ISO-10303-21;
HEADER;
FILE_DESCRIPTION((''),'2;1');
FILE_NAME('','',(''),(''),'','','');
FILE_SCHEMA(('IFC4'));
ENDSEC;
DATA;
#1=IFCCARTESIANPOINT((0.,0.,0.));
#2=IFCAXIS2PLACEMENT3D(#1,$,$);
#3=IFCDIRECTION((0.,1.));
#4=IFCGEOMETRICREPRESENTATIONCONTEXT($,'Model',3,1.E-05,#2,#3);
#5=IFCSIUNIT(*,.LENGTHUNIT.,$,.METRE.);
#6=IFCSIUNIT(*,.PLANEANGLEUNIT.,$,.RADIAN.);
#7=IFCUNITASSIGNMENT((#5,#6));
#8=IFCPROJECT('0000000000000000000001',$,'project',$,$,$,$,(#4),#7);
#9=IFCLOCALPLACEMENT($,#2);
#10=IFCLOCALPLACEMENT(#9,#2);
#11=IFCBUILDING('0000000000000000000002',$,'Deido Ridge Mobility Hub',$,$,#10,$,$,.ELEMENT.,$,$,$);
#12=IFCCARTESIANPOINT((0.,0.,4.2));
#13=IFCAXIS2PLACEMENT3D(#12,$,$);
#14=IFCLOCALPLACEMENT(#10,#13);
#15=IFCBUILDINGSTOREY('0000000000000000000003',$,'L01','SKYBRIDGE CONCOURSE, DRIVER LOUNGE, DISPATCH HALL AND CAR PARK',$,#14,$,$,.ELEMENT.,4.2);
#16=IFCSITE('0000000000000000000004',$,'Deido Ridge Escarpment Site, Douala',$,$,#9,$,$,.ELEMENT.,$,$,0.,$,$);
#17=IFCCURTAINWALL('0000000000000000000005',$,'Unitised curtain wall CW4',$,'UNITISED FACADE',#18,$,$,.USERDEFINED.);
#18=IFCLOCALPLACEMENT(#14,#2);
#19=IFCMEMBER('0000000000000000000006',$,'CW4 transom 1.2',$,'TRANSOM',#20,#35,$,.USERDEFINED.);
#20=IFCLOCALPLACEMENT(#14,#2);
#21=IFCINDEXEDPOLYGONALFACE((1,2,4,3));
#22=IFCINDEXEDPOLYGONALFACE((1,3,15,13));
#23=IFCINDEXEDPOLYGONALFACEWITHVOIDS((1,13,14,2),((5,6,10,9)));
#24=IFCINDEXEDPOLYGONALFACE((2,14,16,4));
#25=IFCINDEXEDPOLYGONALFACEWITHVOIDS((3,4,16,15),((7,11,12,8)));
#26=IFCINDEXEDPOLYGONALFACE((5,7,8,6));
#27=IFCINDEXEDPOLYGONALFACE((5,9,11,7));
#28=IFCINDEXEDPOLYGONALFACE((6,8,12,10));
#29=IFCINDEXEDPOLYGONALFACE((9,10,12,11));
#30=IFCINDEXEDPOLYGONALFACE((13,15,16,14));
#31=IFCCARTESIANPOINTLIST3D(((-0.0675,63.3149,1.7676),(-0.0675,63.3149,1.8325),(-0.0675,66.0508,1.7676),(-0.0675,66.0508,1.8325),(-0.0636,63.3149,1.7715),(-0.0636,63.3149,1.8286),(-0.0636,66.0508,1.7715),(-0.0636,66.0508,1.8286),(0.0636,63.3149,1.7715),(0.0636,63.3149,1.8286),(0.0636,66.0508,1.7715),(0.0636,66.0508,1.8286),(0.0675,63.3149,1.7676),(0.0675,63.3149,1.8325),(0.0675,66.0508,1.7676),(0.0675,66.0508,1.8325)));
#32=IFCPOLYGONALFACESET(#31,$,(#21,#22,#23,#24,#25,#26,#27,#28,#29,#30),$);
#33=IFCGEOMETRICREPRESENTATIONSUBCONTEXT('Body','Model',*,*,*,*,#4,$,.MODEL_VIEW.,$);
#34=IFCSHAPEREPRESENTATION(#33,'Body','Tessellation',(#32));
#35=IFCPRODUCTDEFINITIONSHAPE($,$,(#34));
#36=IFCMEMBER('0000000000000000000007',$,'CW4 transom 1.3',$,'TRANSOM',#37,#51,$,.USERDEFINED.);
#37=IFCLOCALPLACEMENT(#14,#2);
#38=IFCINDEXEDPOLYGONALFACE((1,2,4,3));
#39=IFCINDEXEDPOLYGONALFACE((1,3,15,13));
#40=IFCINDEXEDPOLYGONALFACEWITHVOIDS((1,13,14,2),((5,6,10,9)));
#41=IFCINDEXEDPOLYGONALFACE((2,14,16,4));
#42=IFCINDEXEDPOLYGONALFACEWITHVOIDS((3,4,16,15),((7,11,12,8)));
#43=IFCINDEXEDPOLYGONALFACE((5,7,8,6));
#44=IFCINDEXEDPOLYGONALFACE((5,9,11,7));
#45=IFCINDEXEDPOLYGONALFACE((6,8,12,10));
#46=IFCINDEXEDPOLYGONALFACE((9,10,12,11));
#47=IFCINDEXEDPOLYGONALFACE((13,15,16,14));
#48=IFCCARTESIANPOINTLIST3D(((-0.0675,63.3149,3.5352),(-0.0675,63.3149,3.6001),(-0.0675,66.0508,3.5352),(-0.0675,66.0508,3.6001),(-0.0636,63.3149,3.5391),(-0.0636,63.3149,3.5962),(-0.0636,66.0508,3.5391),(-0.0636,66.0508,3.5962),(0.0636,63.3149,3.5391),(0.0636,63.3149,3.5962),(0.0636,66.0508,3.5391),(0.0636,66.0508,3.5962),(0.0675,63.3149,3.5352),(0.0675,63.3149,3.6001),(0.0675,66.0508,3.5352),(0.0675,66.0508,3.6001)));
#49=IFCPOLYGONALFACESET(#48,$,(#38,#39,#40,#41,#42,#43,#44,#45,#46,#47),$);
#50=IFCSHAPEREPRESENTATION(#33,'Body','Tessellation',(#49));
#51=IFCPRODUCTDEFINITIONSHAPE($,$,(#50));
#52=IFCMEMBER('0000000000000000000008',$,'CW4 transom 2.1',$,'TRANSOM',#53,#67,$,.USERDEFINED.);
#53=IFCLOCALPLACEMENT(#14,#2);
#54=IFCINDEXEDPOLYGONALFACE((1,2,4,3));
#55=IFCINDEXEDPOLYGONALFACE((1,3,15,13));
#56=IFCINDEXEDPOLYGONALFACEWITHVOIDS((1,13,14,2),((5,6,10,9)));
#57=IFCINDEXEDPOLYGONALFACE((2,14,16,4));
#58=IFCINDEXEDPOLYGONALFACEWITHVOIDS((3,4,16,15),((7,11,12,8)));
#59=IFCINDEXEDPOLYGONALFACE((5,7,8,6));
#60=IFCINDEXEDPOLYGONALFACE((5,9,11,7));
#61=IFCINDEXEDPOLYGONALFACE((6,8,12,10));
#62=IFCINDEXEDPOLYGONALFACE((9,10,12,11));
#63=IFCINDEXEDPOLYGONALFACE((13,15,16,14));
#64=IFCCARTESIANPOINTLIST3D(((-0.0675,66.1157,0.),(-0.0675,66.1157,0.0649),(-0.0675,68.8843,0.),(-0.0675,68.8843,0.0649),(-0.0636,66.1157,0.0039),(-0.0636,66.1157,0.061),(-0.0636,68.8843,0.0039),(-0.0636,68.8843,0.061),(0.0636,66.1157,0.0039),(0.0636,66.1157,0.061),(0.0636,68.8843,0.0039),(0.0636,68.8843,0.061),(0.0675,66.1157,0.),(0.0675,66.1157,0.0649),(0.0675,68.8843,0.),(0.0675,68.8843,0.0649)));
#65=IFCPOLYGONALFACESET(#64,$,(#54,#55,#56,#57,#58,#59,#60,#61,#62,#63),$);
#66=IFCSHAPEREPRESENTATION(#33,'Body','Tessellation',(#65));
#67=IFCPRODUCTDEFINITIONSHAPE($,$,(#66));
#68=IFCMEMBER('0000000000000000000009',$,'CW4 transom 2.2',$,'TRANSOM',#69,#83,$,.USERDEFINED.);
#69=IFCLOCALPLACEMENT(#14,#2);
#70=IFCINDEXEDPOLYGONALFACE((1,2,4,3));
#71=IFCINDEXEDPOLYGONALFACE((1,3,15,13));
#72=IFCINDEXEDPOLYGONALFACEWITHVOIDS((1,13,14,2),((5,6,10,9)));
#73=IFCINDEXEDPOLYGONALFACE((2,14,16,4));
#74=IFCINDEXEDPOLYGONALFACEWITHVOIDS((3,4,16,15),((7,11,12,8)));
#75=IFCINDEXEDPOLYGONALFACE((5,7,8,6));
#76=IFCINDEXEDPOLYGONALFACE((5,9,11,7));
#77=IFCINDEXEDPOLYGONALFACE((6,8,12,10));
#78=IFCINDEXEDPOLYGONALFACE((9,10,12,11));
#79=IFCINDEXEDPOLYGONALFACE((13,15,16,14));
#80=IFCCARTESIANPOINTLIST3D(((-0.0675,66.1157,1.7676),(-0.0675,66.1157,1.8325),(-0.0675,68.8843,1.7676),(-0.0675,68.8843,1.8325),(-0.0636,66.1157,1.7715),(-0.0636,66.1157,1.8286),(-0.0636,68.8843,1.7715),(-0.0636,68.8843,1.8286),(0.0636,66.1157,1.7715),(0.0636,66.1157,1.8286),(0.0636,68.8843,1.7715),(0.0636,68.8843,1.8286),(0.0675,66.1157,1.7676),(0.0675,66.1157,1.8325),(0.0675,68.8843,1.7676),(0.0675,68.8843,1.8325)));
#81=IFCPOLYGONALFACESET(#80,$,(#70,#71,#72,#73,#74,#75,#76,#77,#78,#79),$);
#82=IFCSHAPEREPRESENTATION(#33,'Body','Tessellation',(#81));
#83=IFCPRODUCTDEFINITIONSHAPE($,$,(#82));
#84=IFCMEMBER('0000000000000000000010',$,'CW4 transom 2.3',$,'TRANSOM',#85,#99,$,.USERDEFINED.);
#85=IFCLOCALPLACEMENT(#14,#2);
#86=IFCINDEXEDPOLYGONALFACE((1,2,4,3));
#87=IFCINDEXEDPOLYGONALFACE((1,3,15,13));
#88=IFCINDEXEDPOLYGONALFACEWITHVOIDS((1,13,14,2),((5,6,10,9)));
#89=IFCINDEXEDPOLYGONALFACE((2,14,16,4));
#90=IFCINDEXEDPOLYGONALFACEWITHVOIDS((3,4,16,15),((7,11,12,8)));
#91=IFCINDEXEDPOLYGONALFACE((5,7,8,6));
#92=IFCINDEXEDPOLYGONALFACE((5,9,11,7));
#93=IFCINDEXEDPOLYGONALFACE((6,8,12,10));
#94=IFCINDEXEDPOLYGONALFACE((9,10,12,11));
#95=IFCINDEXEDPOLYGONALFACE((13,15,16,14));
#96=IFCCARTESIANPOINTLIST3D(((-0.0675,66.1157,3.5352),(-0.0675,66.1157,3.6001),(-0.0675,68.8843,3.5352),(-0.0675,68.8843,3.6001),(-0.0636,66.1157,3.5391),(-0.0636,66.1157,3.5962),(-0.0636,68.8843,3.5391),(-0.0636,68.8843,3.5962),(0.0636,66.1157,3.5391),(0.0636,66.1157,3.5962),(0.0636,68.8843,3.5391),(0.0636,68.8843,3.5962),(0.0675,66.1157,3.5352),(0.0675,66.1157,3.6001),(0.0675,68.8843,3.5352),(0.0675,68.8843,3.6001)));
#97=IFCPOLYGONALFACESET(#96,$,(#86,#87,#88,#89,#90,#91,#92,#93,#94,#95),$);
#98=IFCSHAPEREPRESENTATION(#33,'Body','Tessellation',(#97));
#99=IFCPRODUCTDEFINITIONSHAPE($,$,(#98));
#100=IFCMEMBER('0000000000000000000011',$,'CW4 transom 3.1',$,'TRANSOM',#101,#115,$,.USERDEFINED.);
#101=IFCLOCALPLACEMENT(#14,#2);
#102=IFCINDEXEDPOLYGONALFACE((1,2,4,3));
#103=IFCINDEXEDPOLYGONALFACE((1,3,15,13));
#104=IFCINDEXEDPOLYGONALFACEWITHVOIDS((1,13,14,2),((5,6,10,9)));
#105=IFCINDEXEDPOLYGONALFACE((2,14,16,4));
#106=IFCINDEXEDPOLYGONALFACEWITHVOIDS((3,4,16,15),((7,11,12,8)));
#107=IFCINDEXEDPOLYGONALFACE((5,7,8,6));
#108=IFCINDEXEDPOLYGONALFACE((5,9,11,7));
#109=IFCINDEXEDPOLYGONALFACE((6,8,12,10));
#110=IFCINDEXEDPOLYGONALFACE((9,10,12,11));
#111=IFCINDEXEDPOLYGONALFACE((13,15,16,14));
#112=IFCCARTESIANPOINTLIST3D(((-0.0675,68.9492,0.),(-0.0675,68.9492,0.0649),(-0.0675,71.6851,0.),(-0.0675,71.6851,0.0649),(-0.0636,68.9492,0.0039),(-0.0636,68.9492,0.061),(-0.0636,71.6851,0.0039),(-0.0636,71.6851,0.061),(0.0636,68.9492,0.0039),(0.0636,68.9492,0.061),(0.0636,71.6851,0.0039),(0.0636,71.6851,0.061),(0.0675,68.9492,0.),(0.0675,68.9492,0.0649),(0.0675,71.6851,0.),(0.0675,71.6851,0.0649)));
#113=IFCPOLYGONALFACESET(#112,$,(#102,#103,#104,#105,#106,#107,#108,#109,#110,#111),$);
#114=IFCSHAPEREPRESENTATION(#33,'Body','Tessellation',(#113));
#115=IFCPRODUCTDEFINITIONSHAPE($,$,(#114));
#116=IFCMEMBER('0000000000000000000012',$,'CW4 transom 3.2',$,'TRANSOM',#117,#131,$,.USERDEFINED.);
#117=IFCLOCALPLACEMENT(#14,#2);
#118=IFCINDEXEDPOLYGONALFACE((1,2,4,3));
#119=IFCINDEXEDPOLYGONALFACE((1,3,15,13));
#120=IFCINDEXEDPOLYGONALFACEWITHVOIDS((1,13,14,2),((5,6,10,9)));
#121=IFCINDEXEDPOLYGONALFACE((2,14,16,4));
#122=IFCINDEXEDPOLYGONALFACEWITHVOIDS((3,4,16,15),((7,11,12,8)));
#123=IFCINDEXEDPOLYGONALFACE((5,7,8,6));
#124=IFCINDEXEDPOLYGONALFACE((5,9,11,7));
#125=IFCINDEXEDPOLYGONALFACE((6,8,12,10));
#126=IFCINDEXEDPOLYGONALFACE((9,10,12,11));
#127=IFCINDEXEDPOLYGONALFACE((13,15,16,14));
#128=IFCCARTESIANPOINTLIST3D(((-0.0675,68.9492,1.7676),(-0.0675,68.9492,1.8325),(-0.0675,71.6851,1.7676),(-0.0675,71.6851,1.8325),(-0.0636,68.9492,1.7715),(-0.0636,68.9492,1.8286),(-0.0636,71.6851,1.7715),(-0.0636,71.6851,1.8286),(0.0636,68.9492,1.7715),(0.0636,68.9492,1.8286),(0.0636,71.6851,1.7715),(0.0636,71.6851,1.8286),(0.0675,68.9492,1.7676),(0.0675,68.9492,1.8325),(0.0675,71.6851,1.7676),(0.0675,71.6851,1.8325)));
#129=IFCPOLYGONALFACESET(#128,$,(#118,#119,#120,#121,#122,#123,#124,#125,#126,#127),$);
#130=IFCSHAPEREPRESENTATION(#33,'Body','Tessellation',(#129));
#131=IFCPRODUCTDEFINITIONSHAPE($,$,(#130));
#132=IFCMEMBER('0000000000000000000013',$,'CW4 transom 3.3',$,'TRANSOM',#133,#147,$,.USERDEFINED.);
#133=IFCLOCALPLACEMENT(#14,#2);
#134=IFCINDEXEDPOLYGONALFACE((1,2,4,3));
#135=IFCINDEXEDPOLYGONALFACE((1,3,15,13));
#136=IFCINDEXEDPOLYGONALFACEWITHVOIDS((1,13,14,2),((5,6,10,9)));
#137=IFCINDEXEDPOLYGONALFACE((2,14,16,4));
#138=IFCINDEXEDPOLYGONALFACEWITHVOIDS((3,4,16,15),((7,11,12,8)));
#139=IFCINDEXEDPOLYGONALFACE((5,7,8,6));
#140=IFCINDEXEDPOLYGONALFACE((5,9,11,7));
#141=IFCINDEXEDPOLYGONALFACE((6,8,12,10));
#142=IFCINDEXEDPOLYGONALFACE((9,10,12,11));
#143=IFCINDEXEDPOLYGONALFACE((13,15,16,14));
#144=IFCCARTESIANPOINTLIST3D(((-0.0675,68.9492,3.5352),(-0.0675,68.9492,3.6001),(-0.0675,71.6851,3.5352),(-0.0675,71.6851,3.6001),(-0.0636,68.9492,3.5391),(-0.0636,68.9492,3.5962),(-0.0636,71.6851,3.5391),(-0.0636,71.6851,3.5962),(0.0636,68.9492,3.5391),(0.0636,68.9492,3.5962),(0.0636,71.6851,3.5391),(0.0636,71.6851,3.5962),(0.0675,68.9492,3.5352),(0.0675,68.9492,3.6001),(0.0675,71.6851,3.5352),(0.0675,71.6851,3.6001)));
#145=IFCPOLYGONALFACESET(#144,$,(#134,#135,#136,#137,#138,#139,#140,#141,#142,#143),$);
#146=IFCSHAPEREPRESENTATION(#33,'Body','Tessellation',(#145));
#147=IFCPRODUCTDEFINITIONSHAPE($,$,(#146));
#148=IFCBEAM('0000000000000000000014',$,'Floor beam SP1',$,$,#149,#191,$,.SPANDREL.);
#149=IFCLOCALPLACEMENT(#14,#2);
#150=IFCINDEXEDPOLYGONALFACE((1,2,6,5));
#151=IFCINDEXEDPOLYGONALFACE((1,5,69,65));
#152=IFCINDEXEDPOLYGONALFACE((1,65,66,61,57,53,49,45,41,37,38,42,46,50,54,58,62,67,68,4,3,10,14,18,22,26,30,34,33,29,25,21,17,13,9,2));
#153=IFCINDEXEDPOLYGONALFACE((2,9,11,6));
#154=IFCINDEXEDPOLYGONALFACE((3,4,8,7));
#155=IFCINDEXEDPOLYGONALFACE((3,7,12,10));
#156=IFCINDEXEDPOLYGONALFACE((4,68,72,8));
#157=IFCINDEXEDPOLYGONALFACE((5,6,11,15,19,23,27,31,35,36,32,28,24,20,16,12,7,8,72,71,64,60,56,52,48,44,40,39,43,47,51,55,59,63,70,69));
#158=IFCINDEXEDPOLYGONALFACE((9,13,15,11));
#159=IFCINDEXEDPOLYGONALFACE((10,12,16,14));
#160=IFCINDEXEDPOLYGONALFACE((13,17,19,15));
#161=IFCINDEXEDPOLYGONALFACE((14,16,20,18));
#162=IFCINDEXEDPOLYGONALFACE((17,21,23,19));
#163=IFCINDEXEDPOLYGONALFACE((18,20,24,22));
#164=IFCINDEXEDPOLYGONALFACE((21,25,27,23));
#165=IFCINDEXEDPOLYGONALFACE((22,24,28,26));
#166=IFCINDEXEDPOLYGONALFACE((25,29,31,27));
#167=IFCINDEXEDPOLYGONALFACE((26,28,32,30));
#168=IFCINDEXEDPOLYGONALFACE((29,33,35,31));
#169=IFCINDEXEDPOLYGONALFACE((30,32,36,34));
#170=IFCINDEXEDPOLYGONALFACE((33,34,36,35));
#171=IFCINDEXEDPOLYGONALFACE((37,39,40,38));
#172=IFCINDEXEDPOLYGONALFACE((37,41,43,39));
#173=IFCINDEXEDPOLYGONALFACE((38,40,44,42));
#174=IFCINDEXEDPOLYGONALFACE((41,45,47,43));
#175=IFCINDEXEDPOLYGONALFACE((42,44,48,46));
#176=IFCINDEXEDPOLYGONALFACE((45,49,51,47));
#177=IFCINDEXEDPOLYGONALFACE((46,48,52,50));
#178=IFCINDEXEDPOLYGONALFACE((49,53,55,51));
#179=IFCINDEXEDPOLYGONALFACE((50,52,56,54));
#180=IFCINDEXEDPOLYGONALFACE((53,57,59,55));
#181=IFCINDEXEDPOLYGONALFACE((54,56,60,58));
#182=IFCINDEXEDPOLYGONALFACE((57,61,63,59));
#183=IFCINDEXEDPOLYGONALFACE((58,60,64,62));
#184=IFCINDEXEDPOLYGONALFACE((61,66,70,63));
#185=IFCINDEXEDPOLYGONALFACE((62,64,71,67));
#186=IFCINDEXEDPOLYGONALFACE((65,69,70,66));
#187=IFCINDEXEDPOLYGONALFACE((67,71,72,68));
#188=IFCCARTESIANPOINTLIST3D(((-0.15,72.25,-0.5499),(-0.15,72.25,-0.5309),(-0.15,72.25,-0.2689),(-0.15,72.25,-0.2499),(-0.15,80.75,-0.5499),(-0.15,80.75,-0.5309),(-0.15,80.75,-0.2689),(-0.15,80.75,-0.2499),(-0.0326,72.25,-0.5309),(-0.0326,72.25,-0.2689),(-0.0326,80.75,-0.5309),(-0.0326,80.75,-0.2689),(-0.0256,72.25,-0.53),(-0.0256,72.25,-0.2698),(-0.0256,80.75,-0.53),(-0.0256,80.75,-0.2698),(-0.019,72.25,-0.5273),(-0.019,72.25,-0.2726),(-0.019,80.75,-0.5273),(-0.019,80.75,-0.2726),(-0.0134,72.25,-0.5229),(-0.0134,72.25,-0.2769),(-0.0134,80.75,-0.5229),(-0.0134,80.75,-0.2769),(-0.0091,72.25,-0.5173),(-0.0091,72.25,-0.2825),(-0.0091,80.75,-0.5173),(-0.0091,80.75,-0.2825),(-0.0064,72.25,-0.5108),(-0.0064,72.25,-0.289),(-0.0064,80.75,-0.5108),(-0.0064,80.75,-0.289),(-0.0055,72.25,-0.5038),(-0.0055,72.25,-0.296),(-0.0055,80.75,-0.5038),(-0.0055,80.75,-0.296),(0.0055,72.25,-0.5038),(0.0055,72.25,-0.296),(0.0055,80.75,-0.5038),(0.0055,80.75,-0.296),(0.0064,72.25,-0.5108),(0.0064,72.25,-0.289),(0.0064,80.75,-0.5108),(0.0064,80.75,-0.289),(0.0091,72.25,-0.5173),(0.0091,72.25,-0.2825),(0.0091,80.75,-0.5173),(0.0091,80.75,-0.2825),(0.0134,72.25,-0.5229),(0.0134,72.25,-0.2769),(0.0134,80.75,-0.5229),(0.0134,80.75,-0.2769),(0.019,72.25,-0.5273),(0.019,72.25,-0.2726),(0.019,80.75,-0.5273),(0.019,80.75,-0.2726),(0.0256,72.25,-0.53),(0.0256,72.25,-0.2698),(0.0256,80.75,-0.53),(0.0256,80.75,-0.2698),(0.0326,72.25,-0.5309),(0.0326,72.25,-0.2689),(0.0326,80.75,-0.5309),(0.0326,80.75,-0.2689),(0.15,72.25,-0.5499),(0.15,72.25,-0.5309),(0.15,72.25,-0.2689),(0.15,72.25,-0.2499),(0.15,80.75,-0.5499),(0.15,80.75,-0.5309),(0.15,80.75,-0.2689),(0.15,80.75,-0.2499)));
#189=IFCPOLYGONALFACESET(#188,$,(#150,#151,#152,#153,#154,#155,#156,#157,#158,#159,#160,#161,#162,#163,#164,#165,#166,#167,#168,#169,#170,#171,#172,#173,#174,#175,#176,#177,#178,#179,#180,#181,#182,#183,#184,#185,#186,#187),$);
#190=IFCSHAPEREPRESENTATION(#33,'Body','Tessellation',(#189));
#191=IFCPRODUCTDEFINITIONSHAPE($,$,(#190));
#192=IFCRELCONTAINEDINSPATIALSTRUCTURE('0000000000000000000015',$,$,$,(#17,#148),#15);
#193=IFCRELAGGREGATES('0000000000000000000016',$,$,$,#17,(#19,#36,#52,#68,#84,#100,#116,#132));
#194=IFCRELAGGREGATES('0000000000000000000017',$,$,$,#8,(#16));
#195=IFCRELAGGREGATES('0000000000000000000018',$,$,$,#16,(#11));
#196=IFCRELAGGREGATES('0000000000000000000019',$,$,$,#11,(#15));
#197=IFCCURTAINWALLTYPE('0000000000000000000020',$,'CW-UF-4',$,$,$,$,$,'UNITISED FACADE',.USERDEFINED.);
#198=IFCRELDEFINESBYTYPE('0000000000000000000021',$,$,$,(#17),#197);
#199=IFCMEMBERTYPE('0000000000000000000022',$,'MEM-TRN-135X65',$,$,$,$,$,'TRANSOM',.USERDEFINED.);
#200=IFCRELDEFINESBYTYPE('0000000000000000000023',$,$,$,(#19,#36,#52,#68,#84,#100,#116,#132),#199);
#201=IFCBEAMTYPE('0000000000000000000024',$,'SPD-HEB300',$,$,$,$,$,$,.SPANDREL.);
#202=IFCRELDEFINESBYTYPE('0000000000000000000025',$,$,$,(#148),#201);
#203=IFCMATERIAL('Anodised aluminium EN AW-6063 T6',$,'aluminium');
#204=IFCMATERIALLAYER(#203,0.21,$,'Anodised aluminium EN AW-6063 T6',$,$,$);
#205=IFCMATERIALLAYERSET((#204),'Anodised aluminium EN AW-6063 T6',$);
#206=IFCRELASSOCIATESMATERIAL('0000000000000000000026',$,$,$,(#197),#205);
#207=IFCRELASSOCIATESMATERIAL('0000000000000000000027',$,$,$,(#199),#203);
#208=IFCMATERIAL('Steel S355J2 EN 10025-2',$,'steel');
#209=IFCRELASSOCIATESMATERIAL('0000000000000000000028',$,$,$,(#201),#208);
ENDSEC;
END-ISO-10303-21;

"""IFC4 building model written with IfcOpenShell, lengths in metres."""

from ifc_helpers import new_model, si_unit, direction, frame, origin, origin_2d, place, context, subcontext, project, spatial, hollow_rectangle, i_section, extrude, material, layer, layer_set, material_profile, profile_set, type_object, element, aggregate, save


model = new_model("IFC4")

# Units and contexts
model_context = context("Model", 3, precision=1e-05, world=origin(), true_north=direction((0.0, 1.0)))
body_context = subcontext(model_context, "Body", "Model", "MODEL_VIEW")
ifc_project = project(units=[si_unit("LENGTHUNIT", "METRE"), si_unit("PLANEANGLEUNIT", "RADIAN")], contexts=[model_context])

# Site, building, storey
site_placement = place(None, origin())
site = spatial("IfcSite", under=ifc_project, at=site_placement, Name="Deido Ridge Escarpment Site, Douala", CompositionType="ELEMENT", RefElevation=0.0)
building_placement = place(site_placement, origin())
building = spatial("IfcBuilding", under=site, at=building_placement, Name="Deido Ridge Mobility Hub", CompositionType="ELEMENT")
storey_placement = place(building_placement, frame((0.0, 0.0, 4.2)))
storey = spatial("IfcBuildingStorey", under=building, at=storey_placement, Name="L01", Description="SKYBRIDGE CONCOURSE, DRIVER LOUNGE, DISPATCH HALL AND CAR PARK", CompositionType="ELEMENT", Elevation=4.2)

# Shared definitions
ifc_material_1 = material(Name="Steel S355J2 EN 10025-2", Category="steel")

# Curtain wall, members
ifc_material_2 = material(Name="Anodised aluminium EN AW-6063 T6", Category="aluminium")
ifc_layer_1 = layer(ifc_material_2, 0.21, Name="Anodised aluminium EN AW-6063 T6")
ifc_layer_set_1 = layer_set([ifc_layer_1], Name="Anodised aluminium EN AW-6063 T6")
curtain_wall_type = type_object("IfcCurtainWallType", Name="CW-UF-4", ElementType="UNITISED FACADE", PredefinedType="USERDEFINED", material=ifc_layer_set_1)
curtain_wall_placement = place(storey_placement, origin())
curtain_wall = element("IfcCurtainWall", 1, at=curtain_wall_placement, inside=storey, type_object=curtain_wall_type, Name="Unitised curtain wall CW4", ObjectType="UNITISED FACADE", PredefinedType="USERDEFINED")
ifc_material_profile_1 = material_profile(ifc_material_2, hollow_rectangle(XDim=0.135, YDim=0.0649, WallThickness=0.0039, at=origin_2d()), Name="RHS 135x65x4")
ifc_profile_set_1 = profile_set([ifc_material_profile_1], Name="Anodised aluminium EN AW-6063 T6")
member_type_1 = type_object("IfcMemberType", Name="MEM-TRN-135X65", ElementType="TRANSOM", PredefinedType="USERDEFINED", material=ifc_profile_set_1)
member_1_placement = place(storey_placement, frame((0.0, 63.3149, 1.8), z_axis=(0.0, 1.0, 0.0), x_axis=(-1.0, 0.0, 0.0)))
member_1 = element("IfcMember", 2, at=member_1_placement, type_object=member_type_1, Name="CW4 transom 1.2", ObjectType="TRANSOM", PredefinedType="USERDEFINED", context=body_context, shape_type="SweptSolid", body=[
    extrude(hollow_rectangle(XDim=0.135, YDim=0.0649, WallThickness=0.0039, at=origin_2d()), origin(), (0.0, 0.0, 1.0), 2.7358),
])
member_2_placement = place(storey_placement, frame((0.0, 63.3149, 3.5676), z_axis=(0.0, 1.0, 0.0), x_axis=(-1.0, 0.0, 0.0)))
member_2 = element("IfcMember", 3, at=member_2_placement, type_object=member_type_1, Name="CW4 transom 1.3", ObjectType="TRANSOM", PredefinedType="USERDEFINED", context=body_context, shape_type="SweptSolid", body=[
    extrude(hollow_rectangle(XDim=0.135, YDim=0.0649, WallThickness=0.0039, at=origin_2d()), origin(), (0.0, 0.0, 1.0), 2.7358),
])
member_3_placement = place(storey_placement, frame((0.0, 66.1157, 0.0325), z_axis=(0.0, 1.0, 0.0), x_axis=(-1.0, 0.0, 0.0)))
member_3 = element("IfcMember", 4, at=member_3_placement, type_object=member_type_1, Name="CW4 transom 2.1", ObjectType="TRANSOM", PredefinedType="USERDEFINED", context=body_context, shape_type="SweptSolid", body=[
    extrude(hollow_rectangle(XDim=0.135, YDim=0.0649, WallThickness=0.0039, at=origin_2d()), origin(), (0.0, 0.0, 1.0), 2.7686),
])
member_4_placement = place(storey_placement, frame((0.0, 66.1157, 1.8), z_axis=(0.0, 1.0, 0.0), x_axis=(-1.0, 0.0, 0.0)))
member_4 = element("IfcMember", 5, at=member_4_placement, type_object=member_type_1, Name="CW4 transom 2.2", ObjectType="TRANSOM", PredefinedType="USERDEFINED", context=body_context, shape_type="SweptSolid", body=[
    extrude(hollow_rectangle(XDim=0.135, YDim=0.0649, WallThickness=0.0039, at=origin_2d()), origin(), (0.0, 0.0, 1.0), 2.7686),
])
member_5_placement = place(storey_placement, frame((0.0, 66.1157, 3.5676), z_axis=(0.0, 1.0, 0.0), x_axis=(-1.0, 0.0, 0.0)))
member_5 = element("IfcMember", 6, at=member_5_placement, type_object=member_type_1, Name="CW4 transom 2.3", ObjectType="TRANSOM", PredefinedType="USERDEFINED", context=body_context, shape_type="SweptSolid", body=[
    extrude(hollow_rectangle(XDim=0.135, YDim=0.0649, WallThickness=0.0039, at=origin_2d()), origin(), (0.0, 0.0, 1.0), 2.7686),
])
member_6_placement = place(storey_placement, frame((0.0, 68.9492, 0.0325), z_axis=(0.0, 1.0, 0.0), x_axis=(-1.0, 0.0, 0.0)))
member_6 = element("IfcMember", 7, at=member_6_placement, type_object=member_type_1, Name="CW4 transom 3.1", ObjectType="TRANSOM", PredefinedType="USERDEFINED", context=body_context, shape_type="SweptSolid", body=[
    extrude(hollow_rectangle(XDim=0.135, YDim=0.0649, WallThickness=0.0039, at=origin_2d()), origin(), (0.0, 0.0, 1.0), 2.7358),
])
member_7_placement = place(storey_placement, frame((0.0, 68.9492, 1.8), z_axis=(0.0, 1.0, 0.0), x_axis=(-1.0, 0.0, 0.0)))
member_7 = element("IfcMember", 8, at=member_7_placement, type_object=member_type_1, Name="CW4 transom 3.2", ObjectType="TRANSOM", PredefinedType="USERDEFINED", context=body_context, shape_type="SweptSolid", body=[
    extrude(hollow_rectangle(XDim=0.135, YDim=0.0649, WallThickness=0.0039, at=origin_2d()), origin(), (0.0, 0.0, 1.0), 2.7358),
])
member_8_placement = place(storey_placement, frame((0.0, 68.9492, 3.5676), z_axis=(0.0, 1.0, 0.0), x_axis=(-1.0, 0.0, 0.0)))
member_8 = element("IfcMember", 9, at=member_8_placement, type_object=member_type_1, Name="CW4 transom 3.3", ObjectType="TRANSOM", PredefinedType="USERDEFINED", context=body_context, shape_type="SweptSolid", body=[
    extrude(hollow_rectangle(XDim=0.135, YDim=0.0649, WallThickness=0.0039, at=origin_2d()), origin(), (0.0, 0.0, 1.0), 2.7358),
])

# Beam
ifc_material_profile_2 = material_profile(ifc_material_1, i_section(OverallWidth=0.3, OverallDepth=0.3, WebThickness=0.011, FlangeThickness=0.019, FilletRadius=0.0271, at=origin_2d()), Name="HEB 300")
ifc_profile_set_2 = profile_set([ifc_material_profile_2], Name="Steel S355J2 EN 10025-2")
beam_type_1 = type_object("IfcBeamType", Name="SPD-HEB300", PredefinedType="SPANDREL", material=ifc_profile_set_2)
beam_1_placement = place(storey_placement, frame((0.0, 72.25, -0.3999), z_axis=(0.0, 1.0, 0.0), x_axis=(-1.0, 0.0, 0.0)))
element("IfcBeam", 10, at=beam_1_placement, inside=storey, type_object=beam_type_1, Name="Floor beam SP1", PredefinedType="SPANDREL", context=body_context, shape_type="SweptSolid", body=[
    extrude(i_section(OverallWidth=0.3, OverallDepth=0.3, WebThickness=0.011, FlangeThickness=0.019, FilletRadius=0.0271, at=origin_2d()), origin(), (0.0, 0.0, 1.0), 8.5),
])

aggregate(curtain_wall, [member_1, member_2, member_3, member_4, member_5, member_6, member_7, member_8])

save(model, "model.ifc")
